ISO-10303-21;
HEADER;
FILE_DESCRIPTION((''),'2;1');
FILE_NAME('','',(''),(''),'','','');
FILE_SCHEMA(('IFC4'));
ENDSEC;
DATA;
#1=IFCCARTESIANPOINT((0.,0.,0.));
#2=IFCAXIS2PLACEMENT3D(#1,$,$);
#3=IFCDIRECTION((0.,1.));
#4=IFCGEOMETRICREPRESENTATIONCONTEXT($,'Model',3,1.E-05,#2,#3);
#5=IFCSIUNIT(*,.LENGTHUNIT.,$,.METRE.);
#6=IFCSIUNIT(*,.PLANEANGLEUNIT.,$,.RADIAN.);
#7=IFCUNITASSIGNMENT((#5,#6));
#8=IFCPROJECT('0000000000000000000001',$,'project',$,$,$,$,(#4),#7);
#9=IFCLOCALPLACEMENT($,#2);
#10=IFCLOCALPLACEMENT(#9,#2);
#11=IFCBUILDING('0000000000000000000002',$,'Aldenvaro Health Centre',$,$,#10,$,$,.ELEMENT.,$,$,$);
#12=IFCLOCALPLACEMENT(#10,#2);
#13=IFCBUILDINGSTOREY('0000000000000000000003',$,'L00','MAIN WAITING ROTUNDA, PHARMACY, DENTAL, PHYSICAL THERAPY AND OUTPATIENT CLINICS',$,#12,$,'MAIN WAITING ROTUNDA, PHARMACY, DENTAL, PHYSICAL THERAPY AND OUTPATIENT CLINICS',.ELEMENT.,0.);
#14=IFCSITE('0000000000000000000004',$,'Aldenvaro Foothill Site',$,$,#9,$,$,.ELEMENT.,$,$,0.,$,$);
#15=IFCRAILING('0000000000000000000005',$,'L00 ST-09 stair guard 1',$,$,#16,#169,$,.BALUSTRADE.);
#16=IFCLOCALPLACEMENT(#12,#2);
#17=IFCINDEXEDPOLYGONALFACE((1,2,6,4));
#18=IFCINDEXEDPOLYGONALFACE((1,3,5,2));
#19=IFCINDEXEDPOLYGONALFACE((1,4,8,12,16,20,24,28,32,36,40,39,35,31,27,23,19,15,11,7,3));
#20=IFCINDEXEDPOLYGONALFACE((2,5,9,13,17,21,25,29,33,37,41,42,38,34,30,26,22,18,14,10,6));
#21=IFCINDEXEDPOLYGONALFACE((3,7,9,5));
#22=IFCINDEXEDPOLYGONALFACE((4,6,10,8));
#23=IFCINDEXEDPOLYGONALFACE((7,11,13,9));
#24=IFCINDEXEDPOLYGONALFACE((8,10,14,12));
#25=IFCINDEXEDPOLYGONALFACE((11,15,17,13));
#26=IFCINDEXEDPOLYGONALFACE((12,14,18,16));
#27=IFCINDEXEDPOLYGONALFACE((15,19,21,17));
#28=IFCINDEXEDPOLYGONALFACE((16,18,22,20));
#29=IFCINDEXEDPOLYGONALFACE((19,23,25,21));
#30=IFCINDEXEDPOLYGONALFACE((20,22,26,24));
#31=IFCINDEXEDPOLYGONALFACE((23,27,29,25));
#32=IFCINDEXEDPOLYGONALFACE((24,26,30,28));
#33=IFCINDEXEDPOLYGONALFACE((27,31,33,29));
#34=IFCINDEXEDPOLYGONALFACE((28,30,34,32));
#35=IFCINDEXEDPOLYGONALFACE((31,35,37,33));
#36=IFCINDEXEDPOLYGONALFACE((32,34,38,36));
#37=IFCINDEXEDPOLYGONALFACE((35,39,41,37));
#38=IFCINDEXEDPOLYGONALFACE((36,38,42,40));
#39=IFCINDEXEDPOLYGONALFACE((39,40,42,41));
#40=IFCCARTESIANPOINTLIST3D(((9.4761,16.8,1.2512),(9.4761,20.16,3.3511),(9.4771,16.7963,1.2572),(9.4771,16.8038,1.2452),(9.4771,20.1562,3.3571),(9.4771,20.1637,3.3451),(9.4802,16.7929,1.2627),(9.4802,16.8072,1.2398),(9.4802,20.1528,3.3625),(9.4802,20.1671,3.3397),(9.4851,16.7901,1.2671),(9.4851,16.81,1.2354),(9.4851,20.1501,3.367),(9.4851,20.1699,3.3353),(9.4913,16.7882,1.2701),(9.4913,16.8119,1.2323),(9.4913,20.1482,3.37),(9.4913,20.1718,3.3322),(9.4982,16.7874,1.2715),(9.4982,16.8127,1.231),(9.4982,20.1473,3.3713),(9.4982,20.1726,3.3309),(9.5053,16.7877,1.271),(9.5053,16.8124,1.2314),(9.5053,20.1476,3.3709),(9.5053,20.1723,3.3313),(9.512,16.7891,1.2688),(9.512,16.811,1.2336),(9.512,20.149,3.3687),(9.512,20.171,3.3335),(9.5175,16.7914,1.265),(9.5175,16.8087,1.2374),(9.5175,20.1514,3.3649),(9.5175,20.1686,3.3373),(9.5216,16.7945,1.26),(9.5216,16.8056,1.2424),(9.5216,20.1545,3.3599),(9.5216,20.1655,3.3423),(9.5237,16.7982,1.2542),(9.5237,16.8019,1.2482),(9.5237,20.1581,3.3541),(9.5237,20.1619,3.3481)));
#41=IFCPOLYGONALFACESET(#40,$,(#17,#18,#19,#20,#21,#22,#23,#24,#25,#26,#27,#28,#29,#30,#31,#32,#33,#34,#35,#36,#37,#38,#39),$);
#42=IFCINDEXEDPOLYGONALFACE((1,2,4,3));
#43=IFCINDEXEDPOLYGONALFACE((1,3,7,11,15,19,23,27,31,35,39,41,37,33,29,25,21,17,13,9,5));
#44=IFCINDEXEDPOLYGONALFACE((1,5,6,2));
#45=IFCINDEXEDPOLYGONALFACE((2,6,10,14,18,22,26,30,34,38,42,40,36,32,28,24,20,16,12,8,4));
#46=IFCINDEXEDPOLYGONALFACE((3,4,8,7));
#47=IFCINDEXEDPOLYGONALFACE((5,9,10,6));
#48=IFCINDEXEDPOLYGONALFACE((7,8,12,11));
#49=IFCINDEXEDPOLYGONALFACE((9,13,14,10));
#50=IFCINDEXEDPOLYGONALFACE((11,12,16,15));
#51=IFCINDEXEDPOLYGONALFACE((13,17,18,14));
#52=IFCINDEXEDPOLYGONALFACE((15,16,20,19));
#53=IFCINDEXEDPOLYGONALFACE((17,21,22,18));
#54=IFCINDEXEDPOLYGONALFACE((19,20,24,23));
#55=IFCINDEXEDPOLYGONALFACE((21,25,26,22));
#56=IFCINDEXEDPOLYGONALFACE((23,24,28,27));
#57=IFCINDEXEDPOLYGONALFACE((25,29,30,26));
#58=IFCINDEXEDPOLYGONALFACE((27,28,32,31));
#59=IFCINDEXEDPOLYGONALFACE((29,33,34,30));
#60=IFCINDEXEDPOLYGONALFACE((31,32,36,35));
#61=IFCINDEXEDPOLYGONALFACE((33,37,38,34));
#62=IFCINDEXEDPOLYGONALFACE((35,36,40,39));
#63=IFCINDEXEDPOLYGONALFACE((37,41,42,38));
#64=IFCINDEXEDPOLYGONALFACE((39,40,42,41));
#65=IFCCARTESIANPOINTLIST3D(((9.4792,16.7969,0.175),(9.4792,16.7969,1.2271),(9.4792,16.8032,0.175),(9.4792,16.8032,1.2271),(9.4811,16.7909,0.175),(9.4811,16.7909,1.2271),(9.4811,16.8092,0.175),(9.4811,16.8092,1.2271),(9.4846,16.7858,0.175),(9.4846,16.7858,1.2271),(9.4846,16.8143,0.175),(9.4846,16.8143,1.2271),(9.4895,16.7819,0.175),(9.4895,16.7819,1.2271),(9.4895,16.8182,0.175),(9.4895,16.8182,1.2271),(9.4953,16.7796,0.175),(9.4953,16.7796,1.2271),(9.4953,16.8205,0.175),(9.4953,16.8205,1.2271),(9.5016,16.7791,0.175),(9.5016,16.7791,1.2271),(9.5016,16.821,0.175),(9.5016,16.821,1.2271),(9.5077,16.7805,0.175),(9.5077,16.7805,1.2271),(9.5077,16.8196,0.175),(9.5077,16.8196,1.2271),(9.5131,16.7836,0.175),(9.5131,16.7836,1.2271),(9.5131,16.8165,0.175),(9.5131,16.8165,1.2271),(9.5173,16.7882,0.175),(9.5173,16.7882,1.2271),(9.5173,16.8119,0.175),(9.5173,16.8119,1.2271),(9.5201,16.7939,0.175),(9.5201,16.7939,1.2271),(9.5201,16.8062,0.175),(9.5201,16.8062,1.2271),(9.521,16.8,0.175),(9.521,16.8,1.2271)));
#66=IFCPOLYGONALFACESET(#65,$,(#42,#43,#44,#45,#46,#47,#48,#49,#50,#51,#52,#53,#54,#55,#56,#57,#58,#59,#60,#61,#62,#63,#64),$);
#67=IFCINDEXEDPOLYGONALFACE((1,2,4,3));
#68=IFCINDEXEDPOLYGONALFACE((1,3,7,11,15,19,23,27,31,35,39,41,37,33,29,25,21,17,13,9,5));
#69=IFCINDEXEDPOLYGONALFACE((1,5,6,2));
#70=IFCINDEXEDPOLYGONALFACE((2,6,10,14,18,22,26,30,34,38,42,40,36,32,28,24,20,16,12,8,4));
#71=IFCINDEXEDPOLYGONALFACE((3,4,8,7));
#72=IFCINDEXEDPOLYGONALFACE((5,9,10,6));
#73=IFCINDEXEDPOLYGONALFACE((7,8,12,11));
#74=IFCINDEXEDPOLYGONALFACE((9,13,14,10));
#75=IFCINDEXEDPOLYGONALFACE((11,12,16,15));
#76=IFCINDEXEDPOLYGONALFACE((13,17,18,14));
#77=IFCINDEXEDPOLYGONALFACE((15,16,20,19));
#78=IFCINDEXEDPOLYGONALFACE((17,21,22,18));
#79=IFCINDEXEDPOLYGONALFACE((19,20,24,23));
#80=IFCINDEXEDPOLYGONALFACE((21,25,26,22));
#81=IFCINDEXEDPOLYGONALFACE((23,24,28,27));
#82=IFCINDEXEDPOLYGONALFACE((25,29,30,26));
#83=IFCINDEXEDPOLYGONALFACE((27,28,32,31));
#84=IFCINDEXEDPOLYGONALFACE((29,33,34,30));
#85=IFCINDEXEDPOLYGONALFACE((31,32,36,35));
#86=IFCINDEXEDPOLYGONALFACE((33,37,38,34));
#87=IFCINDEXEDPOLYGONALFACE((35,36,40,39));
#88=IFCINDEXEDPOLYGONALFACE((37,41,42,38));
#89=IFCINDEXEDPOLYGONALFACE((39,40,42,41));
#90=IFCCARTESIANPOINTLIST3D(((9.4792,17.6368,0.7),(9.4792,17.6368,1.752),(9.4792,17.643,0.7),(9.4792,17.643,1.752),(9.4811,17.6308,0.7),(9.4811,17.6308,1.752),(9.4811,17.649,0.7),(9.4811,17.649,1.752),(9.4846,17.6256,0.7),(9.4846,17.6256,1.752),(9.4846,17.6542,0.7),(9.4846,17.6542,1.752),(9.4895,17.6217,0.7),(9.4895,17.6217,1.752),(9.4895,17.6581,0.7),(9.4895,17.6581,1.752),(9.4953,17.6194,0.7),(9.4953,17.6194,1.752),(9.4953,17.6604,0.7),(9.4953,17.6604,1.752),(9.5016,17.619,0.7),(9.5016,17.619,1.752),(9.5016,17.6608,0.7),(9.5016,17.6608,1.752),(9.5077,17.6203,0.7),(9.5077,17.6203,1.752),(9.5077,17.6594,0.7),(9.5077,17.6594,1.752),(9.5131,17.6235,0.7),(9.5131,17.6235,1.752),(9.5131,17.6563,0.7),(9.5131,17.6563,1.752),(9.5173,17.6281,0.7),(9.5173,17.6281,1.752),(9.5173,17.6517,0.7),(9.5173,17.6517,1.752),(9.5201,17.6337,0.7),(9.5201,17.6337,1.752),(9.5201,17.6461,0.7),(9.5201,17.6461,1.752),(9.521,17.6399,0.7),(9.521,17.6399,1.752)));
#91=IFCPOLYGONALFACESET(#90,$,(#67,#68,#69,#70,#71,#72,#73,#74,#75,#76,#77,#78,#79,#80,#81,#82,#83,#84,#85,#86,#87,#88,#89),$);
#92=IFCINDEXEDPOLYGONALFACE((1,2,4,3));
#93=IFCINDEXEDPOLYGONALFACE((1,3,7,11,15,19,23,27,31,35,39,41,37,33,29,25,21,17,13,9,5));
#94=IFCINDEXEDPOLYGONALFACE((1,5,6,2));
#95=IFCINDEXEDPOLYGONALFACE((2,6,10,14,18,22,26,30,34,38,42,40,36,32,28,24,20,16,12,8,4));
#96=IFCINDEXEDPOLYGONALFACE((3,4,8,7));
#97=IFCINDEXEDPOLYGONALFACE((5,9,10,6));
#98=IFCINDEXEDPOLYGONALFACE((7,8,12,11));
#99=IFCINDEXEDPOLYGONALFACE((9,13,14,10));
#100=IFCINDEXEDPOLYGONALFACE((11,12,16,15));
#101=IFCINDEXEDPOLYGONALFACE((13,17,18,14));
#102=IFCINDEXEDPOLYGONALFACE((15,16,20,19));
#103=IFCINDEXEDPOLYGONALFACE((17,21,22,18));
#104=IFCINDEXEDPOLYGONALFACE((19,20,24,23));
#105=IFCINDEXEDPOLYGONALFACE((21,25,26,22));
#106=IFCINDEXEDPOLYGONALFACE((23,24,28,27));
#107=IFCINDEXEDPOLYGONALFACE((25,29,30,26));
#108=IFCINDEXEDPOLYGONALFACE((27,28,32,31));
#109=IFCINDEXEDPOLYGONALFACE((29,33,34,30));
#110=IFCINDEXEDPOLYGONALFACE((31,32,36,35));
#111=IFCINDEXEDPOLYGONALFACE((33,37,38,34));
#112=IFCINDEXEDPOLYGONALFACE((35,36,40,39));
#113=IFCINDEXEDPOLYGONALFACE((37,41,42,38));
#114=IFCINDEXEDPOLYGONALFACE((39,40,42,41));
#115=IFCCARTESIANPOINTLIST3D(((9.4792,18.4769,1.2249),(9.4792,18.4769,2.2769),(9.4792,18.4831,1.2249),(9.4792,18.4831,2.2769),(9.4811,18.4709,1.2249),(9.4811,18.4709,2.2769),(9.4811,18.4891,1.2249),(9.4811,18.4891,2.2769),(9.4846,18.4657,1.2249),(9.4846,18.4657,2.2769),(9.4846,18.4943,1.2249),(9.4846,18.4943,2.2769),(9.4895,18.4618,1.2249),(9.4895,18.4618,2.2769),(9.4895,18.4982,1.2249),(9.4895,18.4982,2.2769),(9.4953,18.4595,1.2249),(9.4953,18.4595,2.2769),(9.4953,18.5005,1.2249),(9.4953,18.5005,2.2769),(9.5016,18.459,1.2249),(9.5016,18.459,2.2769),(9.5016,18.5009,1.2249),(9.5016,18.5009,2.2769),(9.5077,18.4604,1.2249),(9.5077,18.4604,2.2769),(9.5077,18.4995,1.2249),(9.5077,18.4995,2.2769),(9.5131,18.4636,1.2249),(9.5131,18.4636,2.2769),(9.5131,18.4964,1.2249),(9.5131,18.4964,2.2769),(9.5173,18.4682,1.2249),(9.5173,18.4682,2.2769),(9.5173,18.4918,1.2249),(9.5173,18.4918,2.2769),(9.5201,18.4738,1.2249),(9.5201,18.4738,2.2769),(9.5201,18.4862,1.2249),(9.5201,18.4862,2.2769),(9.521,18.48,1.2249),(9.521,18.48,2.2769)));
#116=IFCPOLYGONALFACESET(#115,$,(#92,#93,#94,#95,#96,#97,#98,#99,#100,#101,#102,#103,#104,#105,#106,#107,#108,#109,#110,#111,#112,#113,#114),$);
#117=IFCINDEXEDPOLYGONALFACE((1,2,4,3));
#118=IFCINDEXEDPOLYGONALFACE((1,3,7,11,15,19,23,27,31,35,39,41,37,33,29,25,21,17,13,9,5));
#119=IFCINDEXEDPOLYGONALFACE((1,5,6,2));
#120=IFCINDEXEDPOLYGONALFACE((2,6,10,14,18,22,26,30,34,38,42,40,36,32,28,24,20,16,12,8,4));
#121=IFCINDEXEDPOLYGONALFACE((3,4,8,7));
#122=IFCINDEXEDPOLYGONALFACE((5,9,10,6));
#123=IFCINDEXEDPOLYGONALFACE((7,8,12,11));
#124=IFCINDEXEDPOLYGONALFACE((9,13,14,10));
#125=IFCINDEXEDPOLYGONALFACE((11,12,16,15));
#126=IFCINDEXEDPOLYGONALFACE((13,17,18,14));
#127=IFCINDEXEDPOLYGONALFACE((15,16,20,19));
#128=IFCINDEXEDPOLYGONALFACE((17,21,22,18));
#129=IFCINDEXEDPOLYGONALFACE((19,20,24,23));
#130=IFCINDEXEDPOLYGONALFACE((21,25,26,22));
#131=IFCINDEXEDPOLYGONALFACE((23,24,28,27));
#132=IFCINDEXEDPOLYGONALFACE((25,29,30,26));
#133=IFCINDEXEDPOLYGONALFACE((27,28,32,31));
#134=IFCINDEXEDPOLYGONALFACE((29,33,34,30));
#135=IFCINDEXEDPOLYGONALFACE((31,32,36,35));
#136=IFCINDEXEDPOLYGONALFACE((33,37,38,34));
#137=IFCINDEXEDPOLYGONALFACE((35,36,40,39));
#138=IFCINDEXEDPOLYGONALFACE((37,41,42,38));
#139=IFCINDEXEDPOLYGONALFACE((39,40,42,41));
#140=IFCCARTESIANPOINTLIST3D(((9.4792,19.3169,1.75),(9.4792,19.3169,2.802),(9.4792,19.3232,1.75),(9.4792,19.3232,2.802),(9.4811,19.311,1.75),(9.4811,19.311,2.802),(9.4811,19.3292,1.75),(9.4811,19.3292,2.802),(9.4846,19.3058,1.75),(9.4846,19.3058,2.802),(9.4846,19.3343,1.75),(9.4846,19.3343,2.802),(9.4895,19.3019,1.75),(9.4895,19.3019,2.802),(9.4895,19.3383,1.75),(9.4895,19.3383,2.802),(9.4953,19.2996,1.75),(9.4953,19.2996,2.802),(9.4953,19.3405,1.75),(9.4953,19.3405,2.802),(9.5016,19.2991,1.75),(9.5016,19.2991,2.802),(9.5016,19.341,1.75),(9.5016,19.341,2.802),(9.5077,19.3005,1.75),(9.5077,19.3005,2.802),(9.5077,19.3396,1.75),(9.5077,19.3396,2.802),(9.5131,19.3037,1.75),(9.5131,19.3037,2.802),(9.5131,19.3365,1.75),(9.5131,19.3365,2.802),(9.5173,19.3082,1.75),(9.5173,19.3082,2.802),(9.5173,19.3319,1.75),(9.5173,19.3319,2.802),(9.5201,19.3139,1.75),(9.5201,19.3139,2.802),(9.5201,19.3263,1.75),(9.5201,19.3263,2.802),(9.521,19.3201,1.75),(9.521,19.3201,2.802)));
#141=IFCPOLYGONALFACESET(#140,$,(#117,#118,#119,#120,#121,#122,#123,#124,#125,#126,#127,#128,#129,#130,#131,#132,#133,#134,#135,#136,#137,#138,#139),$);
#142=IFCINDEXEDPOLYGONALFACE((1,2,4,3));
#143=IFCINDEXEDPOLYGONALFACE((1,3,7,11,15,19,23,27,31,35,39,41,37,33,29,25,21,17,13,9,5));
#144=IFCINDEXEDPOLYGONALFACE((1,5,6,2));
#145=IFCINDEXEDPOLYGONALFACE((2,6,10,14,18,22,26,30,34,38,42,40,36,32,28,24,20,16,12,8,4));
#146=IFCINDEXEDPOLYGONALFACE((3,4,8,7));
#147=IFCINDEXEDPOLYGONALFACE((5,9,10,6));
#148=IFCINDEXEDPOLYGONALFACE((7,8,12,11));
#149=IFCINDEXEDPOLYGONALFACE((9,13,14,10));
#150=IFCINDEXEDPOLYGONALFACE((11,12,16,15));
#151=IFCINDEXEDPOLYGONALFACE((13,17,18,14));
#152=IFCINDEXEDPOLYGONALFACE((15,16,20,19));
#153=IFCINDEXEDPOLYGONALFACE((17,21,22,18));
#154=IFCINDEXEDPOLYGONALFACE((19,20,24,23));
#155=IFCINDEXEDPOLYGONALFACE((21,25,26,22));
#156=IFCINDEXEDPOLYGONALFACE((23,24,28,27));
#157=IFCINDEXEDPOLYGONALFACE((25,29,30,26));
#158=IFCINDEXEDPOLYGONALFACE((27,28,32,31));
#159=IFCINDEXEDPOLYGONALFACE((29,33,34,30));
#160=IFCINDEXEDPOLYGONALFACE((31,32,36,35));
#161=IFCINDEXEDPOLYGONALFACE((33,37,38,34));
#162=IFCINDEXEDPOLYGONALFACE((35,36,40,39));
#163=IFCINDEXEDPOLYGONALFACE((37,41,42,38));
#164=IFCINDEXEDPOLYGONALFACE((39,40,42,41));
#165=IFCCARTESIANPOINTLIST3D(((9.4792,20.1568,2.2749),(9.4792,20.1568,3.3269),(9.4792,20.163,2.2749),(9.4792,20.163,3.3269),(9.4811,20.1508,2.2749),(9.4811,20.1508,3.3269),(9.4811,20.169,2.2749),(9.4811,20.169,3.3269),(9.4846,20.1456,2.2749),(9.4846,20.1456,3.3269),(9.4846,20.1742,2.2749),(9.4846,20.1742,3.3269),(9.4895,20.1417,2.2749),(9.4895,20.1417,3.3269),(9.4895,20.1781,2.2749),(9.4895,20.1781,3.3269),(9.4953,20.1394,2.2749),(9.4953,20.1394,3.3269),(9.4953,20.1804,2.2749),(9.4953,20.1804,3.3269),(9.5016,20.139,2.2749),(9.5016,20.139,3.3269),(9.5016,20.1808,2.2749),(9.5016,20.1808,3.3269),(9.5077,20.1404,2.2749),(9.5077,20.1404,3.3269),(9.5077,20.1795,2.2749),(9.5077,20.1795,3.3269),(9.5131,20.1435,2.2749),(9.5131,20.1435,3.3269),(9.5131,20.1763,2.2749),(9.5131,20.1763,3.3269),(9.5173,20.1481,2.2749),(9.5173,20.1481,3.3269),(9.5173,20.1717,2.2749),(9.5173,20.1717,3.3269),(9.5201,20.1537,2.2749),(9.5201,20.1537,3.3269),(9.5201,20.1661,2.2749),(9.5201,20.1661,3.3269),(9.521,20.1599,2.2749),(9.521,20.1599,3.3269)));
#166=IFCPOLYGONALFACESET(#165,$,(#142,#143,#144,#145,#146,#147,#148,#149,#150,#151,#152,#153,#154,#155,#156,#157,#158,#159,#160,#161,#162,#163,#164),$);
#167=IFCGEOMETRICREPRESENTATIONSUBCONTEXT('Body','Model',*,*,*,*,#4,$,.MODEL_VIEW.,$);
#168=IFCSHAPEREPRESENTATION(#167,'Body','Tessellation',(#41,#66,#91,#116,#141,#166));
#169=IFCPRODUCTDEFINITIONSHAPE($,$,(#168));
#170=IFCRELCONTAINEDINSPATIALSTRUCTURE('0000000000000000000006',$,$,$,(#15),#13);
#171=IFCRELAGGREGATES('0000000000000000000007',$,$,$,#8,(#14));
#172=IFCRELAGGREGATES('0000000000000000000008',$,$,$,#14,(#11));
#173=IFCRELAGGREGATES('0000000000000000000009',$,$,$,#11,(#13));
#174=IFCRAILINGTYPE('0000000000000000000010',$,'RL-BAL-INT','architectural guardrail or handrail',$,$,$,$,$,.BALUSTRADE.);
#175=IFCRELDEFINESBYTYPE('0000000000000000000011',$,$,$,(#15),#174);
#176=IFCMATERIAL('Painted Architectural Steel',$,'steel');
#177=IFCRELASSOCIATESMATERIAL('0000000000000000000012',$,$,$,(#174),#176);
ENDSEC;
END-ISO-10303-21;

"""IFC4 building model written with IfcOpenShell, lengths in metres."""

from ifc_helpers import new_model, si_unit, direction, frame, origin, origin_2d, place, context, subcontext, project, spatial, circle, extrude, material, type_object, element, save


model = new_model("IFC4")

# Units and contexts
model_context = context("Model", 3, precision=1e-05, world=origin(), true_north=direction((0.0, 1.0)))
body_context = subcontext(model_context, "Body", "Model", "MODEL_VIEW")
ifc_project = project(units=[si_unit("LENGTHUNIT", "METRE"), si_unit("PLANEANGLEUNIT", "RADIAN")], contexts=[model_context])

# Site, building, storey
site_placement = place(None, origin())
site = spatial("IfcSite", under=ifc_project, at=site_placement, Name="Aldenvaro Foothill Site", CompositionType="ELEMENT", RefElevation=0.0)
building_placement = place(site_placement, origin())
building = spatial("IfcBuilding", under=site, at=building_placement, Name="Aldenvaro Health Centre", CompositionType="ELEMENT")
storey_placement = place(building_placement, origin())
storey = spatial("IfcBuildingStorey", under=building, at=storey_placement, Name="L00", Description="MAIN WAITING ROTUNDA, PHARMACY, DENTAL, PHYSICAL THERAPY AND OUTPATIENT CLINICS", LongName="MAIN WAITING ROTUNDA, PHARMACY, DENTAL, PHYSICAL THERAPY AND OUTPATIENT CLINICS", CompositionType="ELEMENT", Elevation=0.0)

# Railing
ifc_material_1 = material(Name="Painted Architectural Steel", Category="steel")
railing_type_1 = type_object("IfcRailingType", Name="RL-BAL-INT", Description="architectural guardrail or handrail", PredefinedType="BALUSTRADE", material=ifc_material_1)
railing_1_placement = place(storey_placement, frame((9.5, 16.8, 0.175)))
element("IfcRailing", 1, at=railing_1_placement, inside=storey, type_object=railing_type_1, Name="L00 ST-09 stair guard 1", PredefinedType="BALUSTRADE", context=body_context, shape_type="SweptSolid", body=[
    extrude(circle(Radius=0.0239, at=origin_2d()), frame((0.0, 0.0, 1.0762), z_axis=(0.0, 0.848005, 0.529988), x_axis=(-1.0, 0.0, 0.0)), (0.0, 0.0, 1.0), 3.9622),
    extrude(circle(Radius=0.021, at=origin_2d()), origin(), (0.0, 0.0, 1.0), 1.052),
    extrude(circle(Radius=0.021, at=origin_2d()), frame((0.0, 0.8398, 0.5249)), (0.0, 0.0, 1.0), 1.052),
    extrude(circle(Radius=0.021, at=origin_2d()), frame((0.0, 1.6799, 1.0498)), (0.0, 0.0, 1.0), 1.052),
    extrude(circle(Radius=0.021, at=origin_2d()), frame((0.0, 2.52, 1.575)), (0.0, 0.0, 1.0), 1.052),
    extrude(circle(Radius=0.021, at=origin_2d()), frame((0.0, 3.3599, 2.0999)), (0.0, 0.0, 1.0), 1.052),
])

save(model, "model.ifc")
